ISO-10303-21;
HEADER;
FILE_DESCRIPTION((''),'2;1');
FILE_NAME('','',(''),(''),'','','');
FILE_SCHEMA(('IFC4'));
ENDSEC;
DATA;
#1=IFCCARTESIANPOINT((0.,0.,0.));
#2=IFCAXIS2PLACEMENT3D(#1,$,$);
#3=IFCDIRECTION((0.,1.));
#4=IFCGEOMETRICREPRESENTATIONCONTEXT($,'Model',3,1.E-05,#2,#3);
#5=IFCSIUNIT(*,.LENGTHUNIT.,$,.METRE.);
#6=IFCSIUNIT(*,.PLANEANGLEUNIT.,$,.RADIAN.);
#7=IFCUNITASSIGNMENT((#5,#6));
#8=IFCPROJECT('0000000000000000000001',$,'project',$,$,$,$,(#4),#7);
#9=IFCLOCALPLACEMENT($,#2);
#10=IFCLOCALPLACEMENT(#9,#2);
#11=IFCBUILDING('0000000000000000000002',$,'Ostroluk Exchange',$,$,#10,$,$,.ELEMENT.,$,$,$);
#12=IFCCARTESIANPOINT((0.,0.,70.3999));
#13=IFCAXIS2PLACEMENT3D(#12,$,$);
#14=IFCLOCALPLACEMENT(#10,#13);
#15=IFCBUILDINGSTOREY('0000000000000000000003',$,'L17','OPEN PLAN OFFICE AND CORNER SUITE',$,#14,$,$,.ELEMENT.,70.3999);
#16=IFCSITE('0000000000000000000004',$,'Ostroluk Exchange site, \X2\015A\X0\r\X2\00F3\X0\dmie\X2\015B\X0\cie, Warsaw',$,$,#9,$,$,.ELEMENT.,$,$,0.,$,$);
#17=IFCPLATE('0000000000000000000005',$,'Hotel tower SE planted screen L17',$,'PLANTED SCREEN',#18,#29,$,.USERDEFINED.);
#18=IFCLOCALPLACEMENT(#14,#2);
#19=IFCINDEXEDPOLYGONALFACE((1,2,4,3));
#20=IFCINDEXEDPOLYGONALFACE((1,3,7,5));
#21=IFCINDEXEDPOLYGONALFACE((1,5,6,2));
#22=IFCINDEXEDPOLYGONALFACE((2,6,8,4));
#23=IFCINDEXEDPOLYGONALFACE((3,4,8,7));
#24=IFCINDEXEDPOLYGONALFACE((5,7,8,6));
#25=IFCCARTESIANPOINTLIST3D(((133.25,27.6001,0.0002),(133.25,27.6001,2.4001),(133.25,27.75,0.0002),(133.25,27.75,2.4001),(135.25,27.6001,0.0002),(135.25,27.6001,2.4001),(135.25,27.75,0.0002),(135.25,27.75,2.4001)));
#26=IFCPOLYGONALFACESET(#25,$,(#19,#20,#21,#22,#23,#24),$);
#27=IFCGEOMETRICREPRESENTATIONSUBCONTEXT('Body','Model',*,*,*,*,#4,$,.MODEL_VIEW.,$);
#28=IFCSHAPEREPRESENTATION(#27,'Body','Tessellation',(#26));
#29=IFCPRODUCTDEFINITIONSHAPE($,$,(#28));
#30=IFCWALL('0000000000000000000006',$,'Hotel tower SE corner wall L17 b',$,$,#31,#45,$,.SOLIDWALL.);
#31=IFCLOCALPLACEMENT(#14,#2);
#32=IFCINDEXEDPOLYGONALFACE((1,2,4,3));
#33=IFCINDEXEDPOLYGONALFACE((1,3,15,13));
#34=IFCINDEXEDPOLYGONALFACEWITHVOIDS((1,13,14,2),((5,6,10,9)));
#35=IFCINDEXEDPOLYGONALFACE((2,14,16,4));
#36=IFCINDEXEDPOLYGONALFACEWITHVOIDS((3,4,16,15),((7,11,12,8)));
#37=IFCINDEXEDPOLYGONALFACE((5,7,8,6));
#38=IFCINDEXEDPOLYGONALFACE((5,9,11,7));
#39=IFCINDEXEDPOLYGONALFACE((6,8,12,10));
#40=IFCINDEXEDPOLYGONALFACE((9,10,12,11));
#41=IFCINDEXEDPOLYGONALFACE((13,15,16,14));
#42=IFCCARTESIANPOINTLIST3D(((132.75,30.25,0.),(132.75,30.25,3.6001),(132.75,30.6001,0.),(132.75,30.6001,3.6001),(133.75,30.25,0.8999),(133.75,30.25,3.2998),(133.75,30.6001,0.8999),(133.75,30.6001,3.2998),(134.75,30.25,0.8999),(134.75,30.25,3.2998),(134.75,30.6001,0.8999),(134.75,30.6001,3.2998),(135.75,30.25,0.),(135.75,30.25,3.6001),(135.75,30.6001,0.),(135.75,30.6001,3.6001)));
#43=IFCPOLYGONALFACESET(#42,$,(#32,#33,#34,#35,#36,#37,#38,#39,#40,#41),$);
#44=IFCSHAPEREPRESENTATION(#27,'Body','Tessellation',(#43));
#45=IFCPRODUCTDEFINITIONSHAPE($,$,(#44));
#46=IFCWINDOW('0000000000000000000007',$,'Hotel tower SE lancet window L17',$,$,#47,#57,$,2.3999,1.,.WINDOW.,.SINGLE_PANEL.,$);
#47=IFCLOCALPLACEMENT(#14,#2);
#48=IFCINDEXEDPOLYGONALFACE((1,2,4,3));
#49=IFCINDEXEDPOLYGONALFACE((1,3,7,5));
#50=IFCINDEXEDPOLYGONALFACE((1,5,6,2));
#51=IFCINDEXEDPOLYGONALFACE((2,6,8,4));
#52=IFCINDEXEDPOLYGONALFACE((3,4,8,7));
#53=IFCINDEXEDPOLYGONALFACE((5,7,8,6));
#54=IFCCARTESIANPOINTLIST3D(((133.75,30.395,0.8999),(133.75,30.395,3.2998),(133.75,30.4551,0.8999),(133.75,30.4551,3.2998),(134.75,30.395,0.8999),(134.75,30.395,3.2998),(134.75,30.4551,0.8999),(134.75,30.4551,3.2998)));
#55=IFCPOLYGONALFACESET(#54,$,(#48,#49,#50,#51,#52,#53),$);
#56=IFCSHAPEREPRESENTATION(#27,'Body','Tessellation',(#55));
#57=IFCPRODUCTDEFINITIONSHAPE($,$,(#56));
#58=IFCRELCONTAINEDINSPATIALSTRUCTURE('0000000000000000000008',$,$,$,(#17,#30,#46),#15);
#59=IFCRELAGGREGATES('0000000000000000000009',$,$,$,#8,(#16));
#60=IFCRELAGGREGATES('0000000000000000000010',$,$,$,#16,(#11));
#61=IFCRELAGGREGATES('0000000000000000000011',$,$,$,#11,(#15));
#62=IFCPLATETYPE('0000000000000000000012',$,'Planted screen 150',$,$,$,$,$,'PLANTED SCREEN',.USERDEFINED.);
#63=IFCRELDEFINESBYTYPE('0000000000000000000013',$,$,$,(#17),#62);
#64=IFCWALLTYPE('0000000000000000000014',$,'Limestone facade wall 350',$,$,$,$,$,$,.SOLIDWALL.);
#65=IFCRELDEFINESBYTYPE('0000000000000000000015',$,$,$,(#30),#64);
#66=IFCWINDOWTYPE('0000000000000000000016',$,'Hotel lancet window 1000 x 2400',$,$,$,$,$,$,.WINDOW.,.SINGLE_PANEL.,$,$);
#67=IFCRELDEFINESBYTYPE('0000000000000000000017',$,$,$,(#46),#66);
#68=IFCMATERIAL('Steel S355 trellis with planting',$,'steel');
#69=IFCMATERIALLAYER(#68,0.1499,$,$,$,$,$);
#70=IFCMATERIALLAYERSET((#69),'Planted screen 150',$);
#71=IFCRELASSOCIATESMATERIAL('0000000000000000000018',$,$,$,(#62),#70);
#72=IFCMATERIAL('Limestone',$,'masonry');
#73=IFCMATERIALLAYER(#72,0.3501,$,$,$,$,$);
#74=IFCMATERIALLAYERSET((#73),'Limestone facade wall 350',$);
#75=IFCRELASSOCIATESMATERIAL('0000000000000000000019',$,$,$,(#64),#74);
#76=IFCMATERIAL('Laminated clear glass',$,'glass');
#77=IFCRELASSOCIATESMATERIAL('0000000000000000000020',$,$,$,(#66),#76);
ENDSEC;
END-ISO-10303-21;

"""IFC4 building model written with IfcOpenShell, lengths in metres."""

from ifc_helpers import new_model, si_unit, direction, frame, frame_2d, origin, origin_2d, place, context, subcontext, project, spatial, rectangle, extrude, material, layer, layer_set, type_object, element, fill, save


model = new_model("IFC4")

# Units and contexts
model_context = context("Model", 3, precision=1e-05, world=origin(), true_north=direction((0.0, 1.0)))
body_context = subcontext(model_context, "Body", "Model", "MODEL_VIEW")
ifc_project = project(units=[si_unit("LENGTHUNIT", "METRE"), si_unit("PLANEANGLEUNIT", "RADIAN")], contexts=[model_context])

# Site, building, storey
site_placement = place(None, origin())
site = spatial("IfcSite", under=ifc_project, at=site_placement, Name="Ostroluk Exchange site, Śródmieście, Warsaw", CompositionType="ELEMENT", RefElevation=0.0)
building_placement = place(site_placement, origin())
building = spatial("IfcBuilding", under=site, at=building_placement, Name="Ostroluk Exchange", CompositionType="ELEMENT")
storey_placement = place(building_placement, frame((0.0, 0.0, 70.3999)))
storey = spatial("IfcBuildingStorey", under=building, at=storey_placement, Name="L17", Description="OPEN PLAN OFFICE AND CORNER SUITE", CompositionType="ELEMENT", Elevation=70.3999)

# Plate
ifc_material_1 = material(Name="Steel S355 trellis with planting", Category="steel")
ifc_layer_1 = layer(ifc_material_1, 0.1499)
ifc_layer_set_1 = layer_set([ifc_layer_1], Name="Planted screen 150")
plate_type_1 = type_object("IfcPlateType", Name="Planted screen 150", ElementType="PLANTED SCREEN", PredefinedType="USERDEFINED", material=ifc_layer_set_1)
plate_1_placement = place(storey_placement, frame((134.25, 27.675, 0.0002), z_axis=(0.0, 0.0, 1.0), x_axis=(1.0, 0.0, 0.0)))
element("IfcPlate", 1, at=plate_1_placement, inside=storey, type_object=plate_type_1, Name="Hotel tower SE planted screen L17", ObjectType="PLANTED SCREEN", PredefinedType="USERDEFINED", context=body_context, shape_type="SweptSolid", body=[
    extrude(rectangle(XDim=2.0, YDim=0.1499, at=origin_2d()), origin(), (0.0, 0.0, 1.0), 2.3999),
])

# Shared definitions
ifc_material_2 = material(Name="Limestone", Category="masonry")
ifc_layer_2 = layer(ifc_material_2, 0.3501)
ifc_layer_set_2 = layer_set([ifc_layer_2], Name="Limestone facade wall 350")
wall_type = type_object("IfcWallType", Name="Limestone facade wall 350", PredefinedType="SOLIDWALL", material=ifc_layer_set_2)

# Wall, opening, window
wall_1_placement = place(storey_placement, frame((132.75, 30.425, 0.0), z_axis=(0.0, 0.0, 1.0), x_axis=(1.0, 0.0, 0.0)))
wall_1 = element("IfcWall", 2, at=wall_1_placement, inside=storey, type_object=wall_type, Name="Hotel tower SE corner wall L17 b", PredefinedType="SOLIDWALL", context=body_context, shape_type="SweptSolid", body=[
    extrude(rectangle(XDim=3.0, YDim=0.3501, at=frame_2d((1.5, 0.0))), origin(), (0.0, 0.0, 1.0), 3.6001),
])
opening_1_placement = place(wall_1_placement, frame((1.0, 0.0, 0.8999)))
opening_1 = element("IfcOpeningElement", 3, at=opening_1_placement, cuts=wall_1, PredefinedType="OPENING", context=body_context, shape_type="SweptSolid", body=[
    extrude(rectangle(XDim=1.0, YDim=2.3999, at=frame_2d((0.5, 1.2))), frame((0.0, 0.1851, 0.0), z_axis=(0.0, -1.0, 0.0), x_axis=(1.0, 0.0, 0.0)), (0.0, 0.0, 1.0), 0.3701),
])
ifc_material_3 = material(Name="Laminated clear glass", Category="glass")
window_type = type_object("IfcWindowType", Name="Hotel lancet window 1000 x 2400", PartitioningType="SINGLE_PANEL", PredefinedType="WINDOW", material=ifc_material_3)
window_placement = place(opening_1_placement, origin())
window = element("IfcWindow", 4, at=window_placement, inside=storey, type_object=window_type, Name="Hotel tower SE lancet window L17", OverallHeight=2.3999, OverallWidth=1.0, PartitioningType="SINGLE_PANEL", PredefinedType="WINDOW", context=body_context, shape_type="SweptSolid", body=[
    extrude(rectangle(XDim=1.0, YDim=2.3999, at=frame_2d((0.5, 1.2))), frame((0.0, 0.03, 0.0), z_axis=(0.0, -1.0, 0.0), x_axis=(1.0, 0.0, 0.0)), (0.0, 0.0, 1.0), 0.0601),
])
fill(opening_1, window)

save(model, "model.ifc")
